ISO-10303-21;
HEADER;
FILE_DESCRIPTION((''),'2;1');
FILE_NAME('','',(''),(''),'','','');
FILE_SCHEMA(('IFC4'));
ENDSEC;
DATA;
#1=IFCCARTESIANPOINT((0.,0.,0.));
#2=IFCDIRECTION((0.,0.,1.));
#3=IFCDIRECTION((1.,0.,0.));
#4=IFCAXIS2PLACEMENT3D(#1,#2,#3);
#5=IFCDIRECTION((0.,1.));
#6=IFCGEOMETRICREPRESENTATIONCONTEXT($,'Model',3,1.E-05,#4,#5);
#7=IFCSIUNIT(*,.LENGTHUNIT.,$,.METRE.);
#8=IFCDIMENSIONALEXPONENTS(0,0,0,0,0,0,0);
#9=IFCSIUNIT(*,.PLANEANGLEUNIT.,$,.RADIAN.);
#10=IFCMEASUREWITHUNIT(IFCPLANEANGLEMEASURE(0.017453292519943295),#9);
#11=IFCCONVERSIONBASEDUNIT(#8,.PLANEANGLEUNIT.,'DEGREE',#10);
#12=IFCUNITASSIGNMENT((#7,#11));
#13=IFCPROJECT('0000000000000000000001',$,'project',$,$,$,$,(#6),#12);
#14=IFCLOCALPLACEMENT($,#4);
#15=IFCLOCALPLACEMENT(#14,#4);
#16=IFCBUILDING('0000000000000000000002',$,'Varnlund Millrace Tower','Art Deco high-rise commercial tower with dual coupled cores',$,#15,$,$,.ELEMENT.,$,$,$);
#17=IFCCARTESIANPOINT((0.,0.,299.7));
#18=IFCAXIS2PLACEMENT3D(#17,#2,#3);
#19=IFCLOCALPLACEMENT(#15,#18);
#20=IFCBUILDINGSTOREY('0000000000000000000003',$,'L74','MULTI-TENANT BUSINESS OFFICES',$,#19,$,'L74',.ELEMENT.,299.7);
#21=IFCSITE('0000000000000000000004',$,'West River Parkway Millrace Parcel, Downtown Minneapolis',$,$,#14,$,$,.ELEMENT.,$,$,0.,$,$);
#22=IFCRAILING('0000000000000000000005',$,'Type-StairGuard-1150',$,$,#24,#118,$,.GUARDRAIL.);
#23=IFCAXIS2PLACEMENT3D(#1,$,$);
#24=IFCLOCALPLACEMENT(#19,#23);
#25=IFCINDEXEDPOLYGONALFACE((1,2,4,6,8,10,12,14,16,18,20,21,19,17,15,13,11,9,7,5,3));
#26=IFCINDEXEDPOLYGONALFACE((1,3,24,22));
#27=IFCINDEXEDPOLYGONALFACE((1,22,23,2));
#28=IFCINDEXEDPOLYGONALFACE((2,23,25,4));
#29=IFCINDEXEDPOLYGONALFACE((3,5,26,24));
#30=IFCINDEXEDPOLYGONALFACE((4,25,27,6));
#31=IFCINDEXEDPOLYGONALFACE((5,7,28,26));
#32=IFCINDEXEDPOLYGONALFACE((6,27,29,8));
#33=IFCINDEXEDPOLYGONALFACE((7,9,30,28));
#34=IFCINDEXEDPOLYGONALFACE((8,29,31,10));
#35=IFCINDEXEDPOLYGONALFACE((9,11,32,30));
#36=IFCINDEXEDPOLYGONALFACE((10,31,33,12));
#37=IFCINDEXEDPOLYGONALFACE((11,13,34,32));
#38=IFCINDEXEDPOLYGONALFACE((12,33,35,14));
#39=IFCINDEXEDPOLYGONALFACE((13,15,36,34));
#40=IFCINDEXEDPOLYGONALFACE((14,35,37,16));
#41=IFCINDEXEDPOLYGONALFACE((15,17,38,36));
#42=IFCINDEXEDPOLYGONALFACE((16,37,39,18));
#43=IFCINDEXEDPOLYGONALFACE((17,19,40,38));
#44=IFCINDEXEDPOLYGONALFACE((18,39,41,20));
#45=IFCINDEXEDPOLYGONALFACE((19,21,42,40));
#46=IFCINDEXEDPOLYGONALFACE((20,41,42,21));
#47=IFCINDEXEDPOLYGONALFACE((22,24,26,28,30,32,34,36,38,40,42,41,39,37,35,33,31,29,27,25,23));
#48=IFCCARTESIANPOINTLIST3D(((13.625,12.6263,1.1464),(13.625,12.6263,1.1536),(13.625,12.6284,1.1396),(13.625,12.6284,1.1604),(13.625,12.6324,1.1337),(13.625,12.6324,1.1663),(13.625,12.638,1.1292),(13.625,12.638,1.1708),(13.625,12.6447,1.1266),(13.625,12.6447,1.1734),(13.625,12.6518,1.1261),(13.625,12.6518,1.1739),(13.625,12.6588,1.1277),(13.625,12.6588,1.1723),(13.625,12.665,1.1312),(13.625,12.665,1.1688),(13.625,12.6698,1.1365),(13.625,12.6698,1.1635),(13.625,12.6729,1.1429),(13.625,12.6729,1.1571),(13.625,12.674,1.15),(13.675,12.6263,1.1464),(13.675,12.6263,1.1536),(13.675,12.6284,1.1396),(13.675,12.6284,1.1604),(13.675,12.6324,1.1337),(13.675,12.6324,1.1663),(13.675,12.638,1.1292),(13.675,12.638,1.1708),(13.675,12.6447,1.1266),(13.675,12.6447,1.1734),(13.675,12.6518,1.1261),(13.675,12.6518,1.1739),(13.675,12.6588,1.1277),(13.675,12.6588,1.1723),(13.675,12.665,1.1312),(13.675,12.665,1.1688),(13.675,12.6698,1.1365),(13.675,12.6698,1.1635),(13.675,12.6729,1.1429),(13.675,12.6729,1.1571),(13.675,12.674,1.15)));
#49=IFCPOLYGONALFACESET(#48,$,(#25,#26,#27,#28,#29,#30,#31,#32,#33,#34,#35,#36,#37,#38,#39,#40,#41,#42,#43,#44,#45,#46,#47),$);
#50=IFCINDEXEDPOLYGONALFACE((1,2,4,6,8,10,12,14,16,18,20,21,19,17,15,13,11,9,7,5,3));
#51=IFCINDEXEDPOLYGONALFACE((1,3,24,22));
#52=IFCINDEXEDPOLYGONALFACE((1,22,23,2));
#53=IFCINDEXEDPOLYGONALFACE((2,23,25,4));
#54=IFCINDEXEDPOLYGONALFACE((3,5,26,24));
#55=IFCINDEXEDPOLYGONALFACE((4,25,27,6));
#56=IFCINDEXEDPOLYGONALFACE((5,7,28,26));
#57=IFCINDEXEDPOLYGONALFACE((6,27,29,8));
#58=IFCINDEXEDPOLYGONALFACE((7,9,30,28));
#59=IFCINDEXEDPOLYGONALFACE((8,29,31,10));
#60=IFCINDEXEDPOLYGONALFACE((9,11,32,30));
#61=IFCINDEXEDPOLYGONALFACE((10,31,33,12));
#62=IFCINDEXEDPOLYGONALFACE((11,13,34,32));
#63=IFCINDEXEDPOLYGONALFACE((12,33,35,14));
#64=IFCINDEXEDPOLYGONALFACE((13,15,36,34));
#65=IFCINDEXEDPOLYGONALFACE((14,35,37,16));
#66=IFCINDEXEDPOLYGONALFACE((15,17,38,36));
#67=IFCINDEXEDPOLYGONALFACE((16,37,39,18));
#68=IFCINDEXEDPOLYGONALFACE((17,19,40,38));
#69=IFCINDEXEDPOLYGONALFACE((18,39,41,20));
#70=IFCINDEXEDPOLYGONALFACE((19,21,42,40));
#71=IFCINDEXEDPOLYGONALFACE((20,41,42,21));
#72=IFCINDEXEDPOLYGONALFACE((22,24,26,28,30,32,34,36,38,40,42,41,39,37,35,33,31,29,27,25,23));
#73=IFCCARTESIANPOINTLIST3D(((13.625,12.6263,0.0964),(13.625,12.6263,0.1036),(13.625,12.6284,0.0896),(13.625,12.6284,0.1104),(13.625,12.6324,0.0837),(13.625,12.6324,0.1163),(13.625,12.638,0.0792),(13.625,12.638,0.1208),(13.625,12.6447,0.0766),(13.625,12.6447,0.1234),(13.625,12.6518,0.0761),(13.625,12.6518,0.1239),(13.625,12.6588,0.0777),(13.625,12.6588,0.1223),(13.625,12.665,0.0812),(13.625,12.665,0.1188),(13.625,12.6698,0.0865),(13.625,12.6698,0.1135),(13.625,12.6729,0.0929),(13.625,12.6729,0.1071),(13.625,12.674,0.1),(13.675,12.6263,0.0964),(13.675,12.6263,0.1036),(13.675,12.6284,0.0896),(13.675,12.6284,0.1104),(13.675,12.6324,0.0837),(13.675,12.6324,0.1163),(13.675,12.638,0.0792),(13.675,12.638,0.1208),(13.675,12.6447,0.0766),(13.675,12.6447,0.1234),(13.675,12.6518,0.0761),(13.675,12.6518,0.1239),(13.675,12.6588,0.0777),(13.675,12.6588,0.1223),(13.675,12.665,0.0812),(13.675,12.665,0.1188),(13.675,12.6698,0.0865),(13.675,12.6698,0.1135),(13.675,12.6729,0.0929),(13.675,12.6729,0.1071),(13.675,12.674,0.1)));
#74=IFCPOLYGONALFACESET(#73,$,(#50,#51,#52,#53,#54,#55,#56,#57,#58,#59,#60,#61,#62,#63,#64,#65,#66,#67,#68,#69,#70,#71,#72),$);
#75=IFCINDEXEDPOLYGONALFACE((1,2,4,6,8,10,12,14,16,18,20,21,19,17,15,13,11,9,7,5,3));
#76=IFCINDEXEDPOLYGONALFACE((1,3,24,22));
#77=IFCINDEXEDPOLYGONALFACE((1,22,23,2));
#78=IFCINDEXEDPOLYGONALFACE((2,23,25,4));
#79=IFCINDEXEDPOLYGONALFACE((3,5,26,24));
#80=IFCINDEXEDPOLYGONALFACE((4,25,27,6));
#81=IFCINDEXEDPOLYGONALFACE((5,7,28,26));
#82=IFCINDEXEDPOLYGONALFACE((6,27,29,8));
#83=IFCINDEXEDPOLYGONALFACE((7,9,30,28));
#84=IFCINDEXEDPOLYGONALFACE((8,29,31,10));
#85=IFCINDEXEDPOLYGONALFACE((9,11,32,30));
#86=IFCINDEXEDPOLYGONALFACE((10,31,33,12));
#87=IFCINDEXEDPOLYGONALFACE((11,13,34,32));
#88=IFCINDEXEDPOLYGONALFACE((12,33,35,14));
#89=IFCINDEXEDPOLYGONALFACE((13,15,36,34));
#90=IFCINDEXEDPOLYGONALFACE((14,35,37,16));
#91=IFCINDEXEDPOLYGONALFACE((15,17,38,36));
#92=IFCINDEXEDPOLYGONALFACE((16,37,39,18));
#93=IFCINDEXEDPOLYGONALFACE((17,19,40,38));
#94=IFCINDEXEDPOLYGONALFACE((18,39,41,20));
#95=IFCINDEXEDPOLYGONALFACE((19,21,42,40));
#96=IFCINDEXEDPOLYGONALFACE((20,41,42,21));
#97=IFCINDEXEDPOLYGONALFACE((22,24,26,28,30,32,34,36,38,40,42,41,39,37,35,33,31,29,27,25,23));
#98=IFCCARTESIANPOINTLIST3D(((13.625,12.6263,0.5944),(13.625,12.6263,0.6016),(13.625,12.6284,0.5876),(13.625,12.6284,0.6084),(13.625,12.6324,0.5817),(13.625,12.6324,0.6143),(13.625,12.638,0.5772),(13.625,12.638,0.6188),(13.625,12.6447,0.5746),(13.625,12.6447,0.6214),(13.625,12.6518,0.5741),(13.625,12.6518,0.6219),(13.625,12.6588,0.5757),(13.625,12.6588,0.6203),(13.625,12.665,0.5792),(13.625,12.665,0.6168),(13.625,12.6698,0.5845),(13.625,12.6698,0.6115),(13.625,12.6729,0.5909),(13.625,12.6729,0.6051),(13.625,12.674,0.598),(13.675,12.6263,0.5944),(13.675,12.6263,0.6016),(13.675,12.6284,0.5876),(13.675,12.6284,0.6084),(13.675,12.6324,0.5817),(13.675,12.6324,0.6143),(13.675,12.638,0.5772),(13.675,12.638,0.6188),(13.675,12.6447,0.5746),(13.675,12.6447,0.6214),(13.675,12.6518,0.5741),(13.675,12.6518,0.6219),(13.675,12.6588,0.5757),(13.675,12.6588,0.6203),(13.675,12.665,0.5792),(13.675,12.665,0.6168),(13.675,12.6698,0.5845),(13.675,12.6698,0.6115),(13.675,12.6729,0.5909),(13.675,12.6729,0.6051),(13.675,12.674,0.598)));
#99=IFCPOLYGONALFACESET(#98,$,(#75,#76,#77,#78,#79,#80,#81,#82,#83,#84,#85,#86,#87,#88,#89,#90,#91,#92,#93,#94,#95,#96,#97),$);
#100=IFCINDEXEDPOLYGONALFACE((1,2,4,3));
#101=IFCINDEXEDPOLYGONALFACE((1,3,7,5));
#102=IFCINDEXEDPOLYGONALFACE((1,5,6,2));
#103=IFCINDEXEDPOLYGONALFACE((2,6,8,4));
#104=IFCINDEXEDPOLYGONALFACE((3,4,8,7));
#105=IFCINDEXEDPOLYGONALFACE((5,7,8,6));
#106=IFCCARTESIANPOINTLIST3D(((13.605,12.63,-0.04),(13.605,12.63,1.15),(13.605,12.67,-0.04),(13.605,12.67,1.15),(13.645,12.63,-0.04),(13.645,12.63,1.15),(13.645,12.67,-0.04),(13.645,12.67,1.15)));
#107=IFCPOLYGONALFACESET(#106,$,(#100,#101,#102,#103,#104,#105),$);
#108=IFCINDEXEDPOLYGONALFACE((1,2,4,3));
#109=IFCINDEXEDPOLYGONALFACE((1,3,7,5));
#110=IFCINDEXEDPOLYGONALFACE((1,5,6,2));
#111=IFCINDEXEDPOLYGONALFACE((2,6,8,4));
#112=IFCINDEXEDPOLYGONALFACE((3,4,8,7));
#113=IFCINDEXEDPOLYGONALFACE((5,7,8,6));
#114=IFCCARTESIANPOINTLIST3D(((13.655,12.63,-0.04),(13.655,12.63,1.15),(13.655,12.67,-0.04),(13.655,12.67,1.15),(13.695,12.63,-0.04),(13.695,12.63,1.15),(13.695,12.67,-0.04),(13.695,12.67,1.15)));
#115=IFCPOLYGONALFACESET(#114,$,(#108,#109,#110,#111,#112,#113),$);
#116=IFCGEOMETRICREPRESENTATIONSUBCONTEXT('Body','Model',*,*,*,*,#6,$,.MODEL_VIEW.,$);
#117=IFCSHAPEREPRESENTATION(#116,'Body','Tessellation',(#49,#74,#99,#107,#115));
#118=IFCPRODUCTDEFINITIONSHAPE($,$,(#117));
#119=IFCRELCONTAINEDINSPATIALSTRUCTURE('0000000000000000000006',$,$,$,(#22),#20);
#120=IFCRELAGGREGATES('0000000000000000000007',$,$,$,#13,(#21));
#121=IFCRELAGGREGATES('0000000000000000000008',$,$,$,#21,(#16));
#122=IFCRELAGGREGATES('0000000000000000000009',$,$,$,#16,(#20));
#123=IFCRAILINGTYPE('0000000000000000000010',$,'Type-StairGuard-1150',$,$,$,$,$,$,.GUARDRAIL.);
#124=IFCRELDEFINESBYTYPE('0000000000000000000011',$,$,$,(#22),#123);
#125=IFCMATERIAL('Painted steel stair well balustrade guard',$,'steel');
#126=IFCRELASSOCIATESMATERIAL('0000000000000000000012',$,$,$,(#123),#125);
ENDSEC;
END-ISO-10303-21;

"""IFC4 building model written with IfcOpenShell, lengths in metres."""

from ifc_helpers import new_model, entity, si_unit, converted_unit, direction, frame, origin_with_axes, origin_2d_with_axis, place, context, subcontext, project, spatial, rectangle, circle, extrude, material, type_object, element, save


model = new_model("IFC4")

# Units and contexts
model_context = context("Model", 3, precision=1e-05, world=origin_with_axes(), true_north=direction((0.0, 1.0)))
body_context = subcontext(model_context, "Body", "Model", "MODEL_VIEW")
ifc_project = project(units=[si_unit("LENGTHUNIT", "METRE"), converted_unit("PLANEANGLEUNIT", "DEGREE", entity("IfcPlaneAngleMeasure", 0.017453292519943295), si_unit("PLANEANGLEUNIT", "RADIAN"), dimensions=[0, 0, 0, 0, 0, 0, 0])], contexts=[model_context])

# Site, building, storey
site_placement = place(None, origin_with_axes())
site = spatial("IfcSite", under=ifc_project, at=site_placement, Name="West River Parkway Millrace Parcel, Downtown Minneapolis", CompositionType="ELEMENT", RefElevation=0.0)
building_placement = place(site_placement, origin_with_axes())
building = spatial("IfcBuilding", under=site, at=building_placement, Name="Varnlund Millrace Tower", Description="Art Deco high-rise commercial tower with dual coupled cores", CompositionType="ELEMENT")
storey_placement = place(building_placement, frame((0.0, 0.0, 299.7), z_axis=(0.0, 0.0, 1.0), x_axis=(1.0, 0.0, 0.0)))
storey = spatial("IfcBuildingStorey", under=building, at=storey_placement, Name="L74", Description="MULTI-TENANT BUSINESS OFFICES", LongName="L74", CompositionType="ELEMENT", Elevation=299.7)

# Railing
ifc_material_1 = material(Name="Painted steel stair well balustrade guard", Category="steel")
railing_type_1 = type_object("IfcRailingType", Name="Type-StairGuard-1150", PredefinedType="GUARDRAIL", material=ifc_material_1)
railing_1_placement = place(storey_placement, frame((0.0, 0.0, -299.7), z_axis=(0.0, 0.0, 1.0), x_axis=(1.0, 0.0, 0.0)))
element("IfcRailing", 1, at=railing_1_placement, inside=storey, type_object=railing_type_1, Name="Type-StairGuard-1150", PredefinedType="GUARDRAIL", context=body_context, shape_type="SweptSolid", body=[
    extrude(circle(Radius=0.024, at=origin_2d_with_axis()), frame((13.625, 12.65, 300.85), z_axis=(1.0, 0.0, 0.0), x_axis=(0.0, 1.0, 0.0)), (0.0, 0.0, 1.0), 0.05),
    extrude(circle(Radius=0.024, at=origin_2d_with_axis()), frame((13.625, 12.65, 299.8), z_axis=(1.0, 0.0, 0.0), x_axis=(0.0, 1.0, 0.0)), (0.0, 0.0, 1.0), 0.05),
    extrude(circle(Radius=0.024, at=origin_2d_with_axis()), frame((13.625, 12.65, 300.298), z_axis=(1.0, 0.0, 0.0), x_axis=(0.0, 1.0, 0.0)), (0.0, 0.0, 1.0), 0.05),
    extrude(rectangle(XDim=0.04, YDim=0.04, at=origin_2d_with_axis()), frame((13.625, 12.65, 299.66), z_axis=(0.0, 0.0, 1.0), x_axis=(1.0, 0.0, 0.0)), (0.0, 0.0, 1.0), 1.19),
    extrude(rectangle(XDim=0.04, YDim=0.04, at=origin_2d_with_axis()), frame((13.675, 12.65, 299.66), z_axis=(0.0, 0.0, 1.0), x_axis=(1.0, 0.0, 0.0)), (0.0, 0.0, 1.0), 1.19),
])

save(model, "model.ifc")
